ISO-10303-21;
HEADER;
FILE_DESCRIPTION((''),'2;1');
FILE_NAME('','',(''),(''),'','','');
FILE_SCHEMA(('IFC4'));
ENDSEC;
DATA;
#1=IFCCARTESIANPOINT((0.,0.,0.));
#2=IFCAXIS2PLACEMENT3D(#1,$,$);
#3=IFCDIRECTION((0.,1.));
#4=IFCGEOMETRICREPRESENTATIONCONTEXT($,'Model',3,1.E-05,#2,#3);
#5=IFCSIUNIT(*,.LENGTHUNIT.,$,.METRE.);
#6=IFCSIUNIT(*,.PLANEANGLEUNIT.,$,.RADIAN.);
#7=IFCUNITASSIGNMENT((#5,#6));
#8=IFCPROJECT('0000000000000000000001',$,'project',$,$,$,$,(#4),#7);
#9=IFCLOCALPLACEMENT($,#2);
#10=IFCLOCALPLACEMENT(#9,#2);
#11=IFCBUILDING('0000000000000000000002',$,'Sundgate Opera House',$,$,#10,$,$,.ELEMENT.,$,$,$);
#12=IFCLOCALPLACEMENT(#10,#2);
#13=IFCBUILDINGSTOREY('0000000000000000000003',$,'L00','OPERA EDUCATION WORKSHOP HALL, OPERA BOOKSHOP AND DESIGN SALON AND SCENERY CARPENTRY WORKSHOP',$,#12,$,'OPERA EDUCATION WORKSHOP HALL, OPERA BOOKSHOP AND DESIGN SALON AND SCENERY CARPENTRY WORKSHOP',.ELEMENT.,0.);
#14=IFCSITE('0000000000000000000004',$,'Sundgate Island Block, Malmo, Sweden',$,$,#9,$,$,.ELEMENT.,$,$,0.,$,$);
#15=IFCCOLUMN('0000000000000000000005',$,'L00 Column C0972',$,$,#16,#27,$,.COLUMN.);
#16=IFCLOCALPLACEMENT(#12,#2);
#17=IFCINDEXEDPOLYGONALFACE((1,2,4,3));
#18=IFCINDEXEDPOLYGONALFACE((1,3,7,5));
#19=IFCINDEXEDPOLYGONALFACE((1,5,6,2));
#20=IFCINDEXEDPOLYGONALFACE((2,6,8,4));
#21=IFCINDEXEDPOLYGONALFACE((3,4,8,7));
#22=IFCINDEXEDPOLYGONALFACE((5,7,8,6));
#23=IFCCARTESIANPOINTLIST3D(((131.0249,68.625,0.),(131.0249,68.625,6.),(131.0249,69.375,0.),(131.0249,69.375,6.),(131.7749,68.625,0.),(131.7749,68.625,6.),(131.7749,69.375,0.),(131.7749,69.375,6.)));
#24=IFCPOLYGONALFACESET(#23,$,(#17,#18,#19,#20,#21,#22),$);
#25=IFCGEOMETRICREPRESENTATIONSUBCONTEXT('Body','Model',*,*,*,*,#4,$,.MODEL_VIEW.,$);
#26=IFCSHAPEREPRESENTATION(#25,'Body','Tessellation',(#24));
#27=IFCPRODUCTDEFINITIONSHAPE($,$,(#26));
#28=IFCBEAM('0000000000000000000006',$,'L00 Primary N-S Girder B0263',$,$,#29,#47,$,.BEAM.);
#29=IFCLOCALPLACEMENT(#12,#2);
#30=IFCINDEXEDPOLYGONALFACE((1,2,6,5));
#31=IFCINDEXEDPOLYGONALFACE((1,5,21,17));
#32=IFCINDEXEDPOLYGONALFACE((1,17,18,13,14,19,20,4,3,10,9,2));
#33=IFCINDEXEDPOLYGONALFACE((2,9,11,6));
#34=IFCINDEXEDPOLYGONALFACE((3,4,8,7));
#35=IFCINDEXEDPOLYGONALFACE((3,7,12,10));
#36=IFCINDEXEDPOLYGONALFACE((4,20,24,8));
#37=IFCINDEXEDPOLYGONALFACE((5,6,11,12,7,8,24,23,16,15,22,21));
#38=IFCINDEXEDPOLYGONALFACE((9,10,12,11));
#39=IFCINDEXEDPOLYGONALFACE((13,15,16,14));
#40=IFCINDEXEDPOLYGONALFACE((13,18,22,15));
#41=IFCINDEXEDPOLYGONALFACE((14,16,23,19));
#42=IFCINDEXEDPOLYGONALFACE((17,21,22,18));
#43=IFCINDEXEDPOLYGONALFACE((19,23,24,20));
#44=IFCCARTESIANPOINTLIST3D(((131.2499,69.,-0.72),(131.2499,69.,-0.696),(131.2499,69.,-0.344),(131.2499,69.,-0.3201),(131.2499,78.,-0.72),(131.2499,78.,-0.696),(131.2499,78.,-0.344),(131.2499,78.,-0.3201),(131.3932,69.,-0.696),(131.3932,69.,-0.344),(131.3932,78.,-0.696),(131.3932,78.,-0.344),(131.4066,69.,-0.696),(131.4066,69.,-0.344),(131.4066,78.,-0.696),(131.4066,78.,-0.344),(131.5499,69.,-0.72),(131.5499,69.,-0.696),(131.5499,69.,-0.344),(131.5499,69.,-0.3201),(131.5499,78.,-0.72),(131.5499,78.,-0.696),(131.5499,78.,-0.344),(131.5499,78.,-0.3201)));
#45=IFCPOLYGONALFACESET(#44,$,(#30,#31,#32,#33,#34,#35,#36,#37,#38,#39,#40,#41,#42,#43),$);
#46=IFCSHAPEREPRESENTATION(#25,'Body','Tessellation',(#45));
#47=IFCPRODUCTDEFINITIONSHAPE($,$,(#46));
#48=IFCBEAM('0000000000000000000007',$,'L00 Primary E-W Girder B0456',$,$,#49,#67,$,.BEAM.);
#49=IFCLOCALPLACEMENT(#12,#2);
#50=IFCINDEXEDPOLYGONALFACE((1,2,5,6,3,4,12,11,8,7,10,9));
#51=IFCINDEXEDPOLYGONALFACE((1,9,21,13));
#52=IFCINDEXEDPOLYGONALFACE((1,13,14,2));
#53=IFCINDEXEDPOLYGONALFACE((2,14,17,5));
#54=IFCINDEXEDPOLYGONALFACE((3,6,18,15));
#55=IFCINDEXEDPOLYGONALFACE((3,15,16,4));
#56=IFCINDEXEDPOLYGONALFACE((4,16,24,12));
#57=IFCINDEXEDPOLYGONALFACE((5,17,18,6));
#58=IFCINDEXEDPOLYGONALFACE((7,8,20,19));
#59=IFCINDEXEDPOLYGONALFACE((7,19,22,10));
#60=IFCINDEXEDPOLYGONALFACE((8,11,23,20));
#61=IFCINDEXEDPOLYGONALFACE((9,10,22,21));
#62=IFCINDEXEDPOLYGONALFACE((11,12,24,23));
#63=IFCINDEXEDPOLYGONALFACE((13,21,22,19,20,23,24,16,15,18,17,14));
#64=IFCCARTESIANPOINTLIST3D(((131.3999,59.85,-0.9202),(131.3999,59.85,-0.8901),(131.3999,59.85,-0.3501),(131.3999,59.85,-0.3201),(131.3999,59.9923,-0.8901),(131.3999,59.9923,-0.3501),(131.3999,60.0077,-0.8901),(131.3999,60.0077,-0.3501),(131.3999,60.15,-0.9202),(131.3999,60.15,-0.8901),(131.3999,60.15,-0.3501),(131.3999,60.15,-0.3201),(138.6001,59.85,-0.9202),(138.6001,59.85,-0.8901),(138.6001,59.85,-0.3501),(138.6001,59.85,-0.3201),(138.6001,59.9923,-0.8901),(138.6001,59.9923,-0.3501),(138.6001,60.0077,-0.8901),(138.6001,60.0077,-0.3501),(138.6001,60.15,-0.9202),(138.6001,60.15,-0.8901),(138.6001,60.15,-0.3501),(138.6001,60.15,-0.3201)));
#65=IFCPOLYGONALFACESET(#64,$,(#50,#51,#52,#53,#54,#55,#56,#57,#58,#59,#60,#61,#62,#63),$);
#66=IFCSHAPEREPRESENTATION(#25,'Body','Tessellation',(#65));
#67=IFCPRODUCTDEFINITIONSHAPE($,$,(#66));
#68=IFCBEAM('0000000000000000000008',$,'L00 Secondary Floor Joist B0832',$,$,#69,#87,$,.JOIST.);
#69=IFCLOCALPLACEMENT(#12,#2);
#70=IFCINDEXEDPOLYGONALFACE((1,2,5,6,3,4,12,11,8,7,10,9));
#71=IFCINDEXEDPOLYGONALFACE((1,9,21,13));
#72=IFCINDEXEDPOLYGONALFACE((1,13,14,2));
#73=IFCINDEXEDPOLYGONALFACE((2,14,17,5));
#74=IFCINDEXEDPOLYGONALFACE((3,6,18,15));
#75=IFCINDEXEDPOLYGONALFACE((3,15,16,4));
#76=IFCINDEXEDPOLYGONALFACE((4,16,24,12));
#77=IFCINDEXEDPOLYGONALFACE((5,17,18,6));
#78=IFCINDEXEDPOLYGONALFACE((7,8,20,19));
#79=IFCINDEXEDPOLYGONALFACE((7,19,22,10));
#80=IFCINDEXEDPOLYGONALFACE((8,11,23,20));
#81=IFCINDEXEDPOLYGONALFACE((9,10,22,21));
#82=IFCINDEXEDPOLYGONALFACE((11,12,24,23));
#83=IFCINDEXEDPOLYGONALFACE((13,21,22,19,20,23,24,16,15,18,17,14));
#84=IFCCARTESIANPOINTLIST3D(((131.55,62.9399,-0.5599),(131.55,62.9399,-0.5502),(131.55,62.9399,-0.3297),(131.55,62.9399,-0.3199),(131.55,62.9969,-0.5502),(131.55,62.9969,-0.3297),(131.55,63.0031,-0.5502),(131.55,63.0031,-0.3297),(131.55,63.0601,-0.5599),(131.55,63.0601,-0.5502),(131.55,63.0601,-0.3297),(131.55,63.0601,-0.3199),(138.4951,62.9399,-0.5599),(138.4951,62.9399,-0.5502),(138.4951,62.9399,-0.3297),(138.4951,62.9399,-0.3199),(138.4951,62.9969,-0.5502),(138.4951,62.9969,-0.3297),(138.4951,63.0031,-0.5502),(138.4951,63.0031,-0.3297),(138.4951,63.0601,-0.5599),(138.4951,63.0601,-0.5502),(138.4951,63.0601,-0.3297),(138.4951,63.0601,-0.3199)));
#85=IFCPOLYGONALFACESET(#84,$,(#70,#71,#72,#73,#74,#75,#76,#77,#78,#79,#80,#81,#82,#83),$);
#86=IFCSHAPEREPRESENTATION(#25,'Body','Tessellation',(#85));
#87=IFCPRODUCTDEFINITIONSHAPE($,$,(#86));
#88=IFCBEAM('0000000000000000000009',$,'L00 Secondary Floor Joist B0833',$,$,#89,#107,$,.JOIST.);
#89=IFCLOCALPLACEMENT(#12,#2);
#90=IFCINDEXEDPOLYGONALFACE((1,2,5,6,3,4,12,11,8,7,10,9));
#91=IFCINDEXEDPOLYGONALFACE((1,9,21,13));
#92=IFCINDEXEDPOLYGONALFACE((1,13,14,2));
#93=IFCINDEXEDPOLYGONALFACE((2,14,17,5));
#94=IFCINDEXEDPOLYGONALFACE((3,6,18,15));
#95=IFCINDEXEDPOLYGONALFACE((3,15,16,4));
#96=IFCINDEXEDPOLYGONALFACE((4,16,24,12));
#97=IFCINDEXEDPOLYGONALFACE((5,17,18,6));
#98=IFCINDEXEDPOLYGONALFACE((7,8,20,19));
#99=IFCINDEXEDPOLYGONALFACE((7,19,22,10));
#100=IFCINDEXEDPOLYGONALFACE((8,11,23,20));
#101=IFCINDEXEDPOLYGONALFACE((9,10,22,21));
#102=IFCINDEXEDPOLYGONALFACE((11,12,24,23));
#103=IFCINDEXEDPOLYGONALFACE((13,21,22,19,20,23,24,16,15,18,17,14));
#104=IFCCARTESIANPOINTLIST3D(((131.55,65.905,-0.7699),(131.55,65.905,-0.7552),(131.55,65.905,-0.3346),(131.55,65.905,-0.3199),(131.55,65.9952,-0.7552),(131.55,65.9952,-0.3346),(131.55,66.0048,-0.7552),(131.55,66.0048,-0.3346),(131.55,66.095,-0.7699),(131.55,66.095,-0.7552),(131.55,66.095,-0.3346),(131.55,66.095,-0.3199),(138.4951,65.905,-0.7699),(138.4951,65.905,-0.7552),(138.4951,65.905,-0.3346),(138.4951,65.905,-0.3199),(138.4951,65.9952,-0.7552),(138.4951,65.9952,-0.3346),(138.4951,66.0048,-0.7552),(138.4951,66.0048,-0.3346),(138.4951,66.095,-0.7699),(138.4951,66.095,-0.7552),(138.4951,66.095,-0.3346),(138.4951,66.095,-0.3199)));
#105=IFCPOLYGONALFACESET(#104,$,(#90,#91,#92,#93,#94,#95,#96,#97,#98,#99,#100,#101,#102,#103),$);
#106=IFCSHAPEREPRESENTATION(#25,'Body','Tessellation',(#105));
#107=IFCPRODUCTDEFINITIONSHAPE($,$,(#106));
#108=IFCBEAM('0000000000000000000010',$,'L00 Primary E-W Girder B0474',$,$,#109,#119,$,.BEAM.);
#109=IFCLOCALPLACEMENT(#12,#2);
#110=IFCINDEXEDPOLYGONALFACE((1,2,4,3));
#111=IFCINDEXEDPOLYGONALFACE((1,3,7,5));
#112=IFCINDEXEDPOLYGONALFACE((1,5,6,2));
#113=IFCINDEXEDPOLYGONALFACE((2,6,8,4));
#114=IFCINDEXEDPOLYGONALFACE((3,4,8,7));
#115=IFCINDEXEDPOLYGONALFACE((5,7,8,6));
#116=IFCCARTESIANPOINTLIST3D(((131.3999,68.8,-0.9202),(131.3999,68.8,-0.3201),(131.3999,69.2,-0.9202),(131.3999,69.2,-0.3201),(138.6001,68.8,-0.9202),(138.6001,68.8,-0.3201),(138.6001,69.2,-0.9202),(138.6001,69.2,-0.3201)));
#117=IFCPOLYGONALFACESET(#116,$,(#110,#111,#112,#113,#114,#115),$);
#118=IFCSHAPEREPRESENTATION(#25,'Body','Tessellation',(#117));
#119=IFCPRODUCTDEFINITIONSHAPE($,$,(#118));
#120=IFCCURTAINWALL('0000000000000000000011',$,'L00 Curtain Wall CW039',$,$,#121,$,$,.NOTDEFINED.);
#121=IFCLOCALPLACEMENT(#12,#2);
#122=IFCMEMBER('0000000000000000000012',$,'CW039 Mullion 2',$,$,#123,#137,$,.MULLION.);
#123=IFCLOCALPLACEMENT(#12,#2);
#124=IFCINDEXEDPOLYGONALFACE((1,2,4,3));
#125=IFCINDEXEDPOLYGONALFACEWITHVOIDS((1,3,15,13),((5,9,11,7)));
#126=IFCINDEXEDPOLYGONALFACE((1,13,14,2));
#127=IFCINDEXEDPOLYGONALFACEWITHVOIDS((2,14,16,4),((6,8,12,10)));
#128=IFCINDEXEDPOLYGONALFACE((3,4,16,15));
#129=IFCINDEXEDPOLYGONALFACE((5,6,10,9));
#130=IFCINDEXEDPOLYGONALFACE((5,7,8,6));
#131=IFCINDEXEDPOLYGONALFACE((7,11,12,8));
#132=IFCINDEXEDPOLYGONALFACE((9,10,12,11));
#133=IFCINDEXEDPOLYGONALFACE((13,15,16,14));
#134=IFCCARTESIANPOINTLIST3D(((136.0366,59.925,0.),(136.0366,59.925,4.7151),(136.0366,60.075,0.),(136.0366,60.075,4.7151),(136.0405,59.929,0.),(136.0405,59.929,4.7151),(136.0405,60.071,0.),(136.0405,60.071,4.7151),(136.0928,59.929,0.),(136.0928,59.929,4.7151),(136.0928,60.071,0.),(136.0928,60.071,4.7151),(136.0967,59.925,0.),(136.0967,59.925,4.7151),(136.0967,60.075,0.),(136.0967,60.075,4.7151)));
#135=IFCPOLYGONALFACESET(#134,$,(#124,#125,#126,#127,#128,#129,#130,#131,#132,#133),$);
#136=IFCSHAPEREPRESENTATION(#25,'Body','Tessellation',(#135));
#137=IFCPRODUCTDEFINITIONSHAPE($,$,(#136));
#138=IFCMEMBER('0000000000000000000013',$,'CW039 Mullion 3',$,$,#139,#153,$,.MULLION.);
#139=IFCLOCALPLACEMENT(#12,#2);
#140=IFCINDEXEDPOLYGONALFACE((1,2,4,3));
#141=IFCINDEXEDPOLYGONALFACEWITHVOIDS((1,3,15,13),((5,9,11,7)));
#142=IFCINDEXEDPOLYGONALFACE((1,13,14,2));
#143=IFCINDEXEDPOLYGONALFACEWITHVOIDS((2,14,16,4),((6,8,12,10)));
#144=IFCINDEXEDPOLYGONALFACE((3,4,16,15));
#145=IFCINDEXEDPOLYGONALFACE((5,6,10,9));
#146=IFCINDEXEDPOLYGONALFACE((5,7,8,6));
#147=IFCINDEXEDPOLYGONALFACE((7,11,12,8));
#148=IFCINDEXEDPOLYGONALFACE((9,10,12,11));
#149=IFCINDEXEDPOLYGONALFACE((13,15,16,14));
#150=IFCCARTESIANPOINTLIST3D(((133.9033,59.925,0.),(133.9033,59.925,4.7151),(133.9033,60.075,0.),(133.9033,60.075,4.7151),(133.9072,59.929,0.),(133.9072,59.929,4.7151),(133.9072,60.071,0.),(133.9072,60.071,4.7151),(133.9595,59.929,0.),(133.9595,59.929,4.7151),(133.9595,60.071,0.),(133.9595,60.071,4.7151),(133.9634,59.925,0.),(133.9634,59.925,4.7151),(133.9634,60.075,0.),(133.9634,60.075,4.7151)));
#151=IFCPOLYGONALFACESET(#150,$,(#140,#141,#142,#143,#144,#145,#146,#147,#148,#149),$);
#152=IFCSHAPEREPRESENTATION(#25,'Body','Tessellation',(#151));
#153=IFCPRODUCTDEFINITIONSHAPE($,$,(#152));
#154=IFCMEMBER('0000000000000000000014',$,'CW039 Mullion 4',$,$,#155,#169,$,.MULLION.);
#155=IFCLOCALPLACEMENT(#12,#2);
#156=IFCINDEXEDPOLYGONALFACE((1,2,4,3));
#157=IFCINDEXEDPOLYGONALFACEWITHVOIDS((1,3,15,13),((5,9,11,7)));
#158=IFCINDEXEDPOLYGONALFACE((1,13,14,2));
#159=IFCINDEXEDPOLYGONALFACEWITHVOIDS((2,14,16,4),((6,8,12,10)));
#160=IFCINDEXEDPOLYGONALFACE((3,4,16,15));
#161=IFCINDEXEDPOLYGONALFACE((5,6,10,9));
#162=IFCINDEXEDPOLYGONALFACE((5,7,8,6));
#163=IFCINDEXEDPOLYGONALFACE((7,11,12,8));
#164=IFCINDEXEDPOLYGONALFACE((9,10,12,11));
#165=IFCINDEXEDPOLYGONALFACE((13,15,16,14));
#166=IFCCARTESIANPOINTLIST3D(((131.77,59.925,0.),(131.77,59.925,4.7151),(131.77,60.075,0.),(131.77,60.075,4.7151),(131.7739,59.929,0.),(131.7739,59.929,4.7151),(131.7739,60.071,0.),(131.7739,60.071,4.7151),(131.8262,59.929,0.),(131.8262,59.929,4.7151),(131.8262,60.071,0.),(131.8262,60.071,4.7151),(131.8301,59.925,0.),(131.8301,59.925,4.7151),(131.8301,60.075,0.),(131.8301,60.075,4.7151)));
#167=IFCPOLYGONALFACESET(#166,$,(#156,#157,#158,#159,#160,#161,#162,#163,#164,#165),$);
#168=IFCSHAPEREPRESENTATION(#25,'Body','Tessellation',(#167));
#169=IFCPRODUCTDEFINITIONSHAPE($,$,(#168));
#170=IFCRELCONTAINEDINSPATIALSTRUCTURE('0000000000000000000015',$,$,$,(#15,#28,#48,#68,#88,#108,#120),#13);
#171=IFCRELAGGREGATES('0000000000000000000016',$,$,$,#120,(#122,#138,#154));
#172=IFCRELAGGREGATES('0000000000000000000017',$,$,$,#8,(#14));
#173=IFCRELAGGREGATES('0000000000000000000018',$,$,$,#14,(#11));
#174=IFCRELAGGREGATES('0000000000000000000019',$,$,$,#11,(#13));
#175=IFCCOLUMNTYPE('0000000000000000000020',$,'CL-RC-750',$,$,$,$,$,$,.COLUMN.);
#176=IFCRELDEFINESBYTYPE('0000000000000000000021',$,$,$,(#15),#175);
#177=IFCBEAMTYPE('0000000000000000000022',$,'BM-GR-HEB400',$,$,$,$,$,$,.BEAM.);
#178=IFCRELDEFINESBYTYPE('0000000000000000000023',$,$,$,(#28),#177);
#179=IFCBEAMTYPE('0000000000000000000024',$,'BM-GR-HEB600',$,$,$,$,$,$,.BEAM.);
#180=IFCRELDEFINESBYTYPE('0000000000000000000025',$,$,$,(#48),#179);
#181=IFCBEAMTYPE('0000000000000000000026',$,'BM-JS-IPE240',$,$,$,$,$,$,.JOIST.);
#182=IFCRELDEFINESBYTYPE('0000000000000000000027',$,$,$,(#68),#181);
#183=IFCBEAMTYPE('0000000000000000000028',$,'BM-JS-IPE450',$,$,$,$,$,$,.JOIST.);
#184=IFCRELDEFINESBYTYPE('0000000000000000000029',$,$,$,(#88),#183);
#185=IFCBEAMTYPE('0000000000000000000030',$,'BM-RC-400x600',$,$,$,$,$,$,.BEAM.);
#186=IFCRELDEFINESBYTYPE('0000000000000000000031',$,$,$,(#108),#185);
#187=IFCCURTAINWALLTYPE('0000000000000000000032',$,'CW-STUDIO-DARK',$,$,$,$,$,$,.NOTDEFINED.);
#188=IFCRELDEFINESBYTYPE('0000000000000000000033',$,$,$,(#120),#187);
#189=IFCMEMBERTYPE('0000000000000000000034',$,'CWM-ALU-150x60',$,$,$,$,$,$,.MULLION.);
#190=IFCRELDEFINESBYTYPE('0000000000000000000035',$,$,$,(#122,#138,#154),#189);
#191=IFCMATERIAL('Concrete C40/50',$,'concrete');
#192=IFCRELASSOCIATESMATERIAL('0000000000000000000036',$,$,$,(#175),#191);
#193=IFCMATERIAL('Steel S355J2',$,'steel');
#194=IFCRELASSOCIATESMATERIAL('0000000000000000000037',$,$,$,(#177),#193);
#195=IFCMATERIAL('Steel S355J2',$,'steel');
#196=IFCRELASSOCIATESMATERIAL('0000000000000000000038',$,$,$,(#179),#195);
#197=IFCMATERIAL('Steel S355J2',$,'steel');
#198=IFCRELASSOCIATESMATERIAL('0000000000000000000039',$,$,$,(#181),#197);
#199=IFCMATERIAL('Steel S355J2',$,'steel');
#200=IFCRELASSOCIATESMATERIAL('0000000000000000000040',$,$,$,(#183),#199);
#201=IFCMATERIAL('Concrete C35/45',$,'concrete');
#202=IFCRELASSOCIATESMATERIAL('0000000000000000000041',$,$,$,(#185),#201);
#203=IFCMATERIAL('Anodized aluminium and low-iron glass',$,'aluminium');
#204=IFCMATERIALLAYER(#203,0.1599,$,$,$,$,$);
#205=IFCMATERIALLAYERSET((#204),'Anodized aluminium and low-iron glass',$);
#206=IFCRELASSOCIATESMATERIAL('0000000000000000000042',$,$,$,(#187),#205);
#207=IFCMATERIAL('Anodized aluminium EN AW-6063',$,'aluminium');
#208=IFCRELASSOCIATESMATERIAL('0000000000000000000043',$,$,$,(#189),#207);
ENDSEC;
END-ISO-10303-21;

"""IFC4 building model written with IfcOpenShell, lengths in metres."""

from ifc_helpers import new_model, si_unit, direction, frame, origin, origin_2d, place, context, subcontext, project, spatial, rectangle, hollow_rectangle, i_section, extrude, material, layer, layer_set, material_profile, profile_set, type_object, element, aggregate, save


model = new_model("IFC4")

# Units and contexts
model_context = context("Model", 3, precision=1e-05, world=origin(), true_north=direction((0.0, 1.0)))
body_context = subcontext(model_context, "Body", "Model", "MODEL_VIEW")
ifc_project = project(units=[si_unit("LENGTHUNIT", "METRE"), si_unit("PLANEANGLEUNIT", "RADIAN")], contexts=[model_context])

# Site, building, storey
site_placement = place(None, origin())
site = spatial("IfcSite", under=ifc_project, at=site_placement, Name="Sundgate Island Block, Malmo, Sweden", CompositionType="ELEMENT", RefElevation=0.0)
building_placement = place(site_placement, origin())
building = spatial("IfcBuilding", under=site, at=building_placement, Name="Sundgate Opera House", CompositionType="ELEMENT")
storey_placement = place(building_placement, origin())
storey = spatial("IfcBuildingStorey", under=building, at=storey_placement, Name="L00", Description="OPERA EDUCATION WORKSHOP HALL, OPERA BOOKSHOP AND DESIGN SALON AND SCENERY CARPENTRY WORKSHOP", LongName="OPERA EDUCATION WORKSHOP HALL, OPERA BOOKSHOP AND DESIGN SALON AND SCENERY CARPENTRY WORKSHOP", CompositionType="ELEMENT", Elevation=0.0)

# Column
ifc_material_1 = material(Name="Concrete C40/50", Category="concrete")
ifc_material_profile_1 = material_profile(ifc_material_1, rectangle(XDim=0.75, YDim=0.75, at=origin_2d()), Name="RC 750x750")
ifc_profile_set_1 = profile_set([ifc_material_profile_1], Name="Concrete C40/50")
column_type = type_object("IfcColumnType", Name="CL-RC-750", PredefinedType="COLUMN", material=ifc_profile_set_1)
column_placement = place(storey_placement, frame((131.3999, 69.0, 0.0), z_axis=(0.0, 0.0, 1.0), x_axis=(1.0, 0.0, 0.0)))
element("IfcColumn", 1, at=column_placement, inside=storey, type_object=column_type, Name="L00 Column C0972", PredefinedType="COLUMN", context=body_context, shape_type="SweptSolid", body=[
    extrude(rectangle(XDim=0.75, YDim=0.75, at=origin_2d()), origin(), (0.0, 0.0, 1.0), 6.0),
])

# Beams
ifc_material_2 = material(Name="Steel S355J2", Category="steel")
ifc_material_profile_2 = material_profile(ifc_material_2, i_section(OverallWidth=0.3, OverallDepth=0.3999, WebThickness=0.0134, FlangeThickness=0.0239, at=origin_2d()), Name="HEB 400")
ifc_profile_set_2 = profile_set([ifc_material_profile_2], Name="Steel S355J2")
beam_type_1 = type_object("IfcBeamType", Name="BM-GR-HEB400", PredefinedType="BEAM", material=ifc_profile_set_2)
beam_1_placement = place(storey_placement, frame((131.3999, 69.0, -0.52), z_axis=(0.0, 1.0, 0.0), x_axis=(-1.0, 0.0, 0.0)))
element("IfcBeam", 2, at=beam_1_placement, inside=storey, type_object=beam_type_1, Name="L00 Primary N-S Girder B0263", PredefinedType="BEAM", context=body_context, shape_type="SweptSolid", body=[
    extrude(i_section(OverallWidth=0.3, OverallDepth=0.3999, WebThickness=0.0134, FlangeThickness=0.0239, at=origin_2d()), origin(), (0.0, 0.0, 1.0), 9.0),
])
ifc_material_3 = material(Name="Steel S355J2", Category="steel")
ifc_material_profile_3 = material_profile(ifc_material_3, i_section(OverallWidth=0.3, OverallDepth=0.6001, WebThickness=0.0154, FlangeThickness=0.03, at=origin_2d()), Name="HEB 600")
ifc_profile_set_3 = profile_set([ifc_material_profile_3], Name="Steel S355J2")
beam_type_2 = type_object("IfcBeamType", Name="BM-GR-HEB600", PredefinedType="BEAM", material=ifc_profile_set_3)
beam_2_placement = place(storey_placement, frame((131.3999, 60.0, -0.6201), z_axis=(1.0, 0.0, 0.0), x_axis=(0.0, 1.0, 0.0)))
element("IfcBeam", 3, at=beam_2_placement, inside=storey, type_object=beam_type_2, Name="L00 Primary E-W Girder B0456", PredefinedType="BEAM", context=body_context, shape_type="SweptSolid", body=[
    extrude(i_section(OverallWidth=0.3, OverallDepth=0.6001, WebThickness=0.0154, FlangeThickness=0.03, at=origin_2d()), origin(), (0.0, 0.0, 1.0), 7.2002),
])
ifc_material_4 = material(Name="Steel S355J2", Category="steel")
ifc_material_profile_4 = material_profile(ifc_material_4, i_section(OverallWidth=0.1201, OverallDepth=0.24, WebThickness=0.0061, FlangeThickness=0.0098, at=origin_2d()), Name="IPE 240")
ifc_profile_set_4 = profile_set([ifc_material_profile_4], Name="Steel S355J2")
beam_type_3 = type_object("IfcBeamType", Name="BM-JS-IPE240", PredefinedType="JOIST", material=ifc_profile_set_4)
beam_3_placement = place(storey_placement, frame((131.55, 63.0, -0.4399), z_axis=(1.0, 0.0, 0.0), x_axis=(0.0, 1.0, 0.0)))
element("IfcBeam", 4, at=beam_3_placement, inside=storey, type_object=beam_type_3, Name="L00 Secondary Floor Joist B0832", PredefinedType="JOIST", context=body_context, shape_type="SweptSolid", body=[
    extrude(i_section(OverallWidth=0.1201, OverallDepth=0.24, WebThickness=0.0061, FlangeThickness=0.0098, at=origin_2d()), origin(), (0.0, 0.0, 1.0), 6.9451),
])
ifc_material_5 = material(Name="Steel S355J2", Category="steel")
ifc_material_profile_5 = material_profile(ifc_material_5, i_section(OverallWidth=0.1899, OverallDepth=0.45, WebThickness=0.0095, FlangeThickness=0.0146, at=origin_2d()), Name="IPE 450")
ifc_profile_set_5 = profile_set([ifc_material_profile_5], Name="Steel S355J2")
beam_type_4 = type_object("IfcBeamType", Name="BM-JS-IPE450", PredefinedType="JOIST", material=ifc_profile_set_5)
beam_4_placement = place(storey_placement, frame((131.55, 66.0, -0.5449), z_axis=(1.0, 0.0, 0.0), x_axis=(0.0, 1.0, 0.0)))
element("IfcBeam", 5, at=beam_4_placement, inside=storey, type_object=beam_type_4, Name="L00 Secondary Floor Joist B0833", PredefinedType="JOIST", context=body_context, shape_type="SweptSolid", body=[
    extrude(i_section(OverallWidth=0.1899, OverallDepth=0.45, WebThickness=0.0095, FlangeThickness=0.0146, at=origin_2d()), origin(), (0.0, 0.0, 1.0), 6.9451),
])
ifc_material_6 = material(Name="Concrete C35/45", Category="concrete")
ifc_material_profile_6 = material_profile(ifc_material_6, rectangle(XDim=0.3999, YDim=0.6001, at=origin_2d()), Name="RC 400x600")
ifc_profile_set_6 = profile_set([ifc_material_profile_6], Name="Concrete C35/45")
beam_type_5 = type_object("IfcBeamType", Name="BM-RC-400x600", PredefinedType="BEAM", material=ifc_profile_set_6)
beam_5_placement = place(storey_placement, frame((131.3999, 69.0, -0.6201), z_axis=(1.0, 0.0, 0.0), x_axis=(0.0, 1.0, 0.0)))
element("IfcBeam", 6, at=beam_5_placement, inside=storey, type_object=beam_type_5, Name="L00 Primary E-W Girder B0474", PredefinedType="BEAM", context=body_context, shape_type="SweptSolid", body=[
    extrude(rectangle(XDim=0.3999, YDim=0.6001, at=origin_2d()), origin(), (0.0, 0.0, 1.0), 7.2002),
])

# Curtain wall, members
ifc_material_7 = material(Name="Anodized aluminium and low-iron glass", Category="aluminium")
ifc_layer_1 = layer(ifc_material_7, 0.1599)
ifc_layer_set_1 = layer_set([ifc_layer_1], Name="Anodized aluminium and low-iron glass")
curtain_wall_type = type_object("IfcCurtainWallType", Name="CW-STUDIO-DARK", PredefinedType="NOTDEFINED", material=ifc_layer_set_1)
curtain_wall_placement = place(storey_placement, origin())
curtain_wall = element("IfcCurtainWall", 7, at=curtain_wall_placement, inside=storey, type_object=curtain_wall_type, Name="L00 Curtain Wall CW039", PredefinedType="NOTDEFINED")
ifc_material_8 = material(Name="Anodized aluminium EN AW-6063", Category="aluminium")
ifc_material_profile_7 = material_profile(ifc_material_8, hollow_rectangle(XDim=0.0601, YDim=0.1499, WallThickness=0.0039, at=origin_2d()), Name="CWM 150x60x4")
ifc_profile_set_7 = profile_set([ifc_material_profile_7], Name="Anodized aluminium EN AW-6063")
member_type_1 = type_object("IfcMemberType", Name="CWM-ALU-150x60", PredefinedType="MULLION", material=ifc_profile_set_7)
member_1_placement = place(storey_placement, frame((136.0667, 60.0, 0.0), z_axis=(0.0, 0.0, 1.0), x_axis=(1.0, 0.0, 0.0)))
member_1 = element("IfcMember", 8, at=member_1_placement, type_object=member_type_1, Name="CW039 Mullion 2", PredefinedType="MULLION", context=body_context, shape_type="SweptSolid", body=[
    extrude(hollow_rectangle(XDim=0.0601, YDim=0.1499, WallThickness=0.0039, at=origin_2d()), origin(), (0.0, 0.0, 1.0), 4.7151),
])
member_2_placement = place(storey_placement, frame((133.9333, 60.0, 0.0), z_axis=(0.0, 0.0, 1.0), x_axis=(1.0, 0.0, 0.0)))
member_2 = element("IfcMember", 9, at=member_2_placement, type_object=member_type_1, Name="CW039 Mullion 3", PredefinedType="MULLION", context=body_context, shape_type="SweptSolid", body=[
    extrude(hollow_rectangle(XDim=0.0601, YDim=0.1499, WallThickness=0.0039, at=origin_2d()), origin(), (0.0, 0.0, 1.0), 4.7151),
])
member_3_placement = place(storey_placement, frame((131.8, 60.0, 0.0), z_axis=(0.0, 0.0, 1.0), x_axis=(1.0, 0.0, 0.0)))
member_3 = element("IfcMember", 10, at=member_3_placement, type_object=member_type_1, Name="CW039 Mullion 4", PredefinedType="MULLION", context=body_context, shape_type="SweptSolid", body=[
    extrude(hollow_rectangle(XDim=0.0601, YDim=0.1499, WallThickness=0.0039, at=origin_2d()), origin(), (0.0, 0.0, 1.0), 4.7151),
])
aggregate(curtain_wall, [member_1, member_2, member_3])

save(model, "model.ifc")
